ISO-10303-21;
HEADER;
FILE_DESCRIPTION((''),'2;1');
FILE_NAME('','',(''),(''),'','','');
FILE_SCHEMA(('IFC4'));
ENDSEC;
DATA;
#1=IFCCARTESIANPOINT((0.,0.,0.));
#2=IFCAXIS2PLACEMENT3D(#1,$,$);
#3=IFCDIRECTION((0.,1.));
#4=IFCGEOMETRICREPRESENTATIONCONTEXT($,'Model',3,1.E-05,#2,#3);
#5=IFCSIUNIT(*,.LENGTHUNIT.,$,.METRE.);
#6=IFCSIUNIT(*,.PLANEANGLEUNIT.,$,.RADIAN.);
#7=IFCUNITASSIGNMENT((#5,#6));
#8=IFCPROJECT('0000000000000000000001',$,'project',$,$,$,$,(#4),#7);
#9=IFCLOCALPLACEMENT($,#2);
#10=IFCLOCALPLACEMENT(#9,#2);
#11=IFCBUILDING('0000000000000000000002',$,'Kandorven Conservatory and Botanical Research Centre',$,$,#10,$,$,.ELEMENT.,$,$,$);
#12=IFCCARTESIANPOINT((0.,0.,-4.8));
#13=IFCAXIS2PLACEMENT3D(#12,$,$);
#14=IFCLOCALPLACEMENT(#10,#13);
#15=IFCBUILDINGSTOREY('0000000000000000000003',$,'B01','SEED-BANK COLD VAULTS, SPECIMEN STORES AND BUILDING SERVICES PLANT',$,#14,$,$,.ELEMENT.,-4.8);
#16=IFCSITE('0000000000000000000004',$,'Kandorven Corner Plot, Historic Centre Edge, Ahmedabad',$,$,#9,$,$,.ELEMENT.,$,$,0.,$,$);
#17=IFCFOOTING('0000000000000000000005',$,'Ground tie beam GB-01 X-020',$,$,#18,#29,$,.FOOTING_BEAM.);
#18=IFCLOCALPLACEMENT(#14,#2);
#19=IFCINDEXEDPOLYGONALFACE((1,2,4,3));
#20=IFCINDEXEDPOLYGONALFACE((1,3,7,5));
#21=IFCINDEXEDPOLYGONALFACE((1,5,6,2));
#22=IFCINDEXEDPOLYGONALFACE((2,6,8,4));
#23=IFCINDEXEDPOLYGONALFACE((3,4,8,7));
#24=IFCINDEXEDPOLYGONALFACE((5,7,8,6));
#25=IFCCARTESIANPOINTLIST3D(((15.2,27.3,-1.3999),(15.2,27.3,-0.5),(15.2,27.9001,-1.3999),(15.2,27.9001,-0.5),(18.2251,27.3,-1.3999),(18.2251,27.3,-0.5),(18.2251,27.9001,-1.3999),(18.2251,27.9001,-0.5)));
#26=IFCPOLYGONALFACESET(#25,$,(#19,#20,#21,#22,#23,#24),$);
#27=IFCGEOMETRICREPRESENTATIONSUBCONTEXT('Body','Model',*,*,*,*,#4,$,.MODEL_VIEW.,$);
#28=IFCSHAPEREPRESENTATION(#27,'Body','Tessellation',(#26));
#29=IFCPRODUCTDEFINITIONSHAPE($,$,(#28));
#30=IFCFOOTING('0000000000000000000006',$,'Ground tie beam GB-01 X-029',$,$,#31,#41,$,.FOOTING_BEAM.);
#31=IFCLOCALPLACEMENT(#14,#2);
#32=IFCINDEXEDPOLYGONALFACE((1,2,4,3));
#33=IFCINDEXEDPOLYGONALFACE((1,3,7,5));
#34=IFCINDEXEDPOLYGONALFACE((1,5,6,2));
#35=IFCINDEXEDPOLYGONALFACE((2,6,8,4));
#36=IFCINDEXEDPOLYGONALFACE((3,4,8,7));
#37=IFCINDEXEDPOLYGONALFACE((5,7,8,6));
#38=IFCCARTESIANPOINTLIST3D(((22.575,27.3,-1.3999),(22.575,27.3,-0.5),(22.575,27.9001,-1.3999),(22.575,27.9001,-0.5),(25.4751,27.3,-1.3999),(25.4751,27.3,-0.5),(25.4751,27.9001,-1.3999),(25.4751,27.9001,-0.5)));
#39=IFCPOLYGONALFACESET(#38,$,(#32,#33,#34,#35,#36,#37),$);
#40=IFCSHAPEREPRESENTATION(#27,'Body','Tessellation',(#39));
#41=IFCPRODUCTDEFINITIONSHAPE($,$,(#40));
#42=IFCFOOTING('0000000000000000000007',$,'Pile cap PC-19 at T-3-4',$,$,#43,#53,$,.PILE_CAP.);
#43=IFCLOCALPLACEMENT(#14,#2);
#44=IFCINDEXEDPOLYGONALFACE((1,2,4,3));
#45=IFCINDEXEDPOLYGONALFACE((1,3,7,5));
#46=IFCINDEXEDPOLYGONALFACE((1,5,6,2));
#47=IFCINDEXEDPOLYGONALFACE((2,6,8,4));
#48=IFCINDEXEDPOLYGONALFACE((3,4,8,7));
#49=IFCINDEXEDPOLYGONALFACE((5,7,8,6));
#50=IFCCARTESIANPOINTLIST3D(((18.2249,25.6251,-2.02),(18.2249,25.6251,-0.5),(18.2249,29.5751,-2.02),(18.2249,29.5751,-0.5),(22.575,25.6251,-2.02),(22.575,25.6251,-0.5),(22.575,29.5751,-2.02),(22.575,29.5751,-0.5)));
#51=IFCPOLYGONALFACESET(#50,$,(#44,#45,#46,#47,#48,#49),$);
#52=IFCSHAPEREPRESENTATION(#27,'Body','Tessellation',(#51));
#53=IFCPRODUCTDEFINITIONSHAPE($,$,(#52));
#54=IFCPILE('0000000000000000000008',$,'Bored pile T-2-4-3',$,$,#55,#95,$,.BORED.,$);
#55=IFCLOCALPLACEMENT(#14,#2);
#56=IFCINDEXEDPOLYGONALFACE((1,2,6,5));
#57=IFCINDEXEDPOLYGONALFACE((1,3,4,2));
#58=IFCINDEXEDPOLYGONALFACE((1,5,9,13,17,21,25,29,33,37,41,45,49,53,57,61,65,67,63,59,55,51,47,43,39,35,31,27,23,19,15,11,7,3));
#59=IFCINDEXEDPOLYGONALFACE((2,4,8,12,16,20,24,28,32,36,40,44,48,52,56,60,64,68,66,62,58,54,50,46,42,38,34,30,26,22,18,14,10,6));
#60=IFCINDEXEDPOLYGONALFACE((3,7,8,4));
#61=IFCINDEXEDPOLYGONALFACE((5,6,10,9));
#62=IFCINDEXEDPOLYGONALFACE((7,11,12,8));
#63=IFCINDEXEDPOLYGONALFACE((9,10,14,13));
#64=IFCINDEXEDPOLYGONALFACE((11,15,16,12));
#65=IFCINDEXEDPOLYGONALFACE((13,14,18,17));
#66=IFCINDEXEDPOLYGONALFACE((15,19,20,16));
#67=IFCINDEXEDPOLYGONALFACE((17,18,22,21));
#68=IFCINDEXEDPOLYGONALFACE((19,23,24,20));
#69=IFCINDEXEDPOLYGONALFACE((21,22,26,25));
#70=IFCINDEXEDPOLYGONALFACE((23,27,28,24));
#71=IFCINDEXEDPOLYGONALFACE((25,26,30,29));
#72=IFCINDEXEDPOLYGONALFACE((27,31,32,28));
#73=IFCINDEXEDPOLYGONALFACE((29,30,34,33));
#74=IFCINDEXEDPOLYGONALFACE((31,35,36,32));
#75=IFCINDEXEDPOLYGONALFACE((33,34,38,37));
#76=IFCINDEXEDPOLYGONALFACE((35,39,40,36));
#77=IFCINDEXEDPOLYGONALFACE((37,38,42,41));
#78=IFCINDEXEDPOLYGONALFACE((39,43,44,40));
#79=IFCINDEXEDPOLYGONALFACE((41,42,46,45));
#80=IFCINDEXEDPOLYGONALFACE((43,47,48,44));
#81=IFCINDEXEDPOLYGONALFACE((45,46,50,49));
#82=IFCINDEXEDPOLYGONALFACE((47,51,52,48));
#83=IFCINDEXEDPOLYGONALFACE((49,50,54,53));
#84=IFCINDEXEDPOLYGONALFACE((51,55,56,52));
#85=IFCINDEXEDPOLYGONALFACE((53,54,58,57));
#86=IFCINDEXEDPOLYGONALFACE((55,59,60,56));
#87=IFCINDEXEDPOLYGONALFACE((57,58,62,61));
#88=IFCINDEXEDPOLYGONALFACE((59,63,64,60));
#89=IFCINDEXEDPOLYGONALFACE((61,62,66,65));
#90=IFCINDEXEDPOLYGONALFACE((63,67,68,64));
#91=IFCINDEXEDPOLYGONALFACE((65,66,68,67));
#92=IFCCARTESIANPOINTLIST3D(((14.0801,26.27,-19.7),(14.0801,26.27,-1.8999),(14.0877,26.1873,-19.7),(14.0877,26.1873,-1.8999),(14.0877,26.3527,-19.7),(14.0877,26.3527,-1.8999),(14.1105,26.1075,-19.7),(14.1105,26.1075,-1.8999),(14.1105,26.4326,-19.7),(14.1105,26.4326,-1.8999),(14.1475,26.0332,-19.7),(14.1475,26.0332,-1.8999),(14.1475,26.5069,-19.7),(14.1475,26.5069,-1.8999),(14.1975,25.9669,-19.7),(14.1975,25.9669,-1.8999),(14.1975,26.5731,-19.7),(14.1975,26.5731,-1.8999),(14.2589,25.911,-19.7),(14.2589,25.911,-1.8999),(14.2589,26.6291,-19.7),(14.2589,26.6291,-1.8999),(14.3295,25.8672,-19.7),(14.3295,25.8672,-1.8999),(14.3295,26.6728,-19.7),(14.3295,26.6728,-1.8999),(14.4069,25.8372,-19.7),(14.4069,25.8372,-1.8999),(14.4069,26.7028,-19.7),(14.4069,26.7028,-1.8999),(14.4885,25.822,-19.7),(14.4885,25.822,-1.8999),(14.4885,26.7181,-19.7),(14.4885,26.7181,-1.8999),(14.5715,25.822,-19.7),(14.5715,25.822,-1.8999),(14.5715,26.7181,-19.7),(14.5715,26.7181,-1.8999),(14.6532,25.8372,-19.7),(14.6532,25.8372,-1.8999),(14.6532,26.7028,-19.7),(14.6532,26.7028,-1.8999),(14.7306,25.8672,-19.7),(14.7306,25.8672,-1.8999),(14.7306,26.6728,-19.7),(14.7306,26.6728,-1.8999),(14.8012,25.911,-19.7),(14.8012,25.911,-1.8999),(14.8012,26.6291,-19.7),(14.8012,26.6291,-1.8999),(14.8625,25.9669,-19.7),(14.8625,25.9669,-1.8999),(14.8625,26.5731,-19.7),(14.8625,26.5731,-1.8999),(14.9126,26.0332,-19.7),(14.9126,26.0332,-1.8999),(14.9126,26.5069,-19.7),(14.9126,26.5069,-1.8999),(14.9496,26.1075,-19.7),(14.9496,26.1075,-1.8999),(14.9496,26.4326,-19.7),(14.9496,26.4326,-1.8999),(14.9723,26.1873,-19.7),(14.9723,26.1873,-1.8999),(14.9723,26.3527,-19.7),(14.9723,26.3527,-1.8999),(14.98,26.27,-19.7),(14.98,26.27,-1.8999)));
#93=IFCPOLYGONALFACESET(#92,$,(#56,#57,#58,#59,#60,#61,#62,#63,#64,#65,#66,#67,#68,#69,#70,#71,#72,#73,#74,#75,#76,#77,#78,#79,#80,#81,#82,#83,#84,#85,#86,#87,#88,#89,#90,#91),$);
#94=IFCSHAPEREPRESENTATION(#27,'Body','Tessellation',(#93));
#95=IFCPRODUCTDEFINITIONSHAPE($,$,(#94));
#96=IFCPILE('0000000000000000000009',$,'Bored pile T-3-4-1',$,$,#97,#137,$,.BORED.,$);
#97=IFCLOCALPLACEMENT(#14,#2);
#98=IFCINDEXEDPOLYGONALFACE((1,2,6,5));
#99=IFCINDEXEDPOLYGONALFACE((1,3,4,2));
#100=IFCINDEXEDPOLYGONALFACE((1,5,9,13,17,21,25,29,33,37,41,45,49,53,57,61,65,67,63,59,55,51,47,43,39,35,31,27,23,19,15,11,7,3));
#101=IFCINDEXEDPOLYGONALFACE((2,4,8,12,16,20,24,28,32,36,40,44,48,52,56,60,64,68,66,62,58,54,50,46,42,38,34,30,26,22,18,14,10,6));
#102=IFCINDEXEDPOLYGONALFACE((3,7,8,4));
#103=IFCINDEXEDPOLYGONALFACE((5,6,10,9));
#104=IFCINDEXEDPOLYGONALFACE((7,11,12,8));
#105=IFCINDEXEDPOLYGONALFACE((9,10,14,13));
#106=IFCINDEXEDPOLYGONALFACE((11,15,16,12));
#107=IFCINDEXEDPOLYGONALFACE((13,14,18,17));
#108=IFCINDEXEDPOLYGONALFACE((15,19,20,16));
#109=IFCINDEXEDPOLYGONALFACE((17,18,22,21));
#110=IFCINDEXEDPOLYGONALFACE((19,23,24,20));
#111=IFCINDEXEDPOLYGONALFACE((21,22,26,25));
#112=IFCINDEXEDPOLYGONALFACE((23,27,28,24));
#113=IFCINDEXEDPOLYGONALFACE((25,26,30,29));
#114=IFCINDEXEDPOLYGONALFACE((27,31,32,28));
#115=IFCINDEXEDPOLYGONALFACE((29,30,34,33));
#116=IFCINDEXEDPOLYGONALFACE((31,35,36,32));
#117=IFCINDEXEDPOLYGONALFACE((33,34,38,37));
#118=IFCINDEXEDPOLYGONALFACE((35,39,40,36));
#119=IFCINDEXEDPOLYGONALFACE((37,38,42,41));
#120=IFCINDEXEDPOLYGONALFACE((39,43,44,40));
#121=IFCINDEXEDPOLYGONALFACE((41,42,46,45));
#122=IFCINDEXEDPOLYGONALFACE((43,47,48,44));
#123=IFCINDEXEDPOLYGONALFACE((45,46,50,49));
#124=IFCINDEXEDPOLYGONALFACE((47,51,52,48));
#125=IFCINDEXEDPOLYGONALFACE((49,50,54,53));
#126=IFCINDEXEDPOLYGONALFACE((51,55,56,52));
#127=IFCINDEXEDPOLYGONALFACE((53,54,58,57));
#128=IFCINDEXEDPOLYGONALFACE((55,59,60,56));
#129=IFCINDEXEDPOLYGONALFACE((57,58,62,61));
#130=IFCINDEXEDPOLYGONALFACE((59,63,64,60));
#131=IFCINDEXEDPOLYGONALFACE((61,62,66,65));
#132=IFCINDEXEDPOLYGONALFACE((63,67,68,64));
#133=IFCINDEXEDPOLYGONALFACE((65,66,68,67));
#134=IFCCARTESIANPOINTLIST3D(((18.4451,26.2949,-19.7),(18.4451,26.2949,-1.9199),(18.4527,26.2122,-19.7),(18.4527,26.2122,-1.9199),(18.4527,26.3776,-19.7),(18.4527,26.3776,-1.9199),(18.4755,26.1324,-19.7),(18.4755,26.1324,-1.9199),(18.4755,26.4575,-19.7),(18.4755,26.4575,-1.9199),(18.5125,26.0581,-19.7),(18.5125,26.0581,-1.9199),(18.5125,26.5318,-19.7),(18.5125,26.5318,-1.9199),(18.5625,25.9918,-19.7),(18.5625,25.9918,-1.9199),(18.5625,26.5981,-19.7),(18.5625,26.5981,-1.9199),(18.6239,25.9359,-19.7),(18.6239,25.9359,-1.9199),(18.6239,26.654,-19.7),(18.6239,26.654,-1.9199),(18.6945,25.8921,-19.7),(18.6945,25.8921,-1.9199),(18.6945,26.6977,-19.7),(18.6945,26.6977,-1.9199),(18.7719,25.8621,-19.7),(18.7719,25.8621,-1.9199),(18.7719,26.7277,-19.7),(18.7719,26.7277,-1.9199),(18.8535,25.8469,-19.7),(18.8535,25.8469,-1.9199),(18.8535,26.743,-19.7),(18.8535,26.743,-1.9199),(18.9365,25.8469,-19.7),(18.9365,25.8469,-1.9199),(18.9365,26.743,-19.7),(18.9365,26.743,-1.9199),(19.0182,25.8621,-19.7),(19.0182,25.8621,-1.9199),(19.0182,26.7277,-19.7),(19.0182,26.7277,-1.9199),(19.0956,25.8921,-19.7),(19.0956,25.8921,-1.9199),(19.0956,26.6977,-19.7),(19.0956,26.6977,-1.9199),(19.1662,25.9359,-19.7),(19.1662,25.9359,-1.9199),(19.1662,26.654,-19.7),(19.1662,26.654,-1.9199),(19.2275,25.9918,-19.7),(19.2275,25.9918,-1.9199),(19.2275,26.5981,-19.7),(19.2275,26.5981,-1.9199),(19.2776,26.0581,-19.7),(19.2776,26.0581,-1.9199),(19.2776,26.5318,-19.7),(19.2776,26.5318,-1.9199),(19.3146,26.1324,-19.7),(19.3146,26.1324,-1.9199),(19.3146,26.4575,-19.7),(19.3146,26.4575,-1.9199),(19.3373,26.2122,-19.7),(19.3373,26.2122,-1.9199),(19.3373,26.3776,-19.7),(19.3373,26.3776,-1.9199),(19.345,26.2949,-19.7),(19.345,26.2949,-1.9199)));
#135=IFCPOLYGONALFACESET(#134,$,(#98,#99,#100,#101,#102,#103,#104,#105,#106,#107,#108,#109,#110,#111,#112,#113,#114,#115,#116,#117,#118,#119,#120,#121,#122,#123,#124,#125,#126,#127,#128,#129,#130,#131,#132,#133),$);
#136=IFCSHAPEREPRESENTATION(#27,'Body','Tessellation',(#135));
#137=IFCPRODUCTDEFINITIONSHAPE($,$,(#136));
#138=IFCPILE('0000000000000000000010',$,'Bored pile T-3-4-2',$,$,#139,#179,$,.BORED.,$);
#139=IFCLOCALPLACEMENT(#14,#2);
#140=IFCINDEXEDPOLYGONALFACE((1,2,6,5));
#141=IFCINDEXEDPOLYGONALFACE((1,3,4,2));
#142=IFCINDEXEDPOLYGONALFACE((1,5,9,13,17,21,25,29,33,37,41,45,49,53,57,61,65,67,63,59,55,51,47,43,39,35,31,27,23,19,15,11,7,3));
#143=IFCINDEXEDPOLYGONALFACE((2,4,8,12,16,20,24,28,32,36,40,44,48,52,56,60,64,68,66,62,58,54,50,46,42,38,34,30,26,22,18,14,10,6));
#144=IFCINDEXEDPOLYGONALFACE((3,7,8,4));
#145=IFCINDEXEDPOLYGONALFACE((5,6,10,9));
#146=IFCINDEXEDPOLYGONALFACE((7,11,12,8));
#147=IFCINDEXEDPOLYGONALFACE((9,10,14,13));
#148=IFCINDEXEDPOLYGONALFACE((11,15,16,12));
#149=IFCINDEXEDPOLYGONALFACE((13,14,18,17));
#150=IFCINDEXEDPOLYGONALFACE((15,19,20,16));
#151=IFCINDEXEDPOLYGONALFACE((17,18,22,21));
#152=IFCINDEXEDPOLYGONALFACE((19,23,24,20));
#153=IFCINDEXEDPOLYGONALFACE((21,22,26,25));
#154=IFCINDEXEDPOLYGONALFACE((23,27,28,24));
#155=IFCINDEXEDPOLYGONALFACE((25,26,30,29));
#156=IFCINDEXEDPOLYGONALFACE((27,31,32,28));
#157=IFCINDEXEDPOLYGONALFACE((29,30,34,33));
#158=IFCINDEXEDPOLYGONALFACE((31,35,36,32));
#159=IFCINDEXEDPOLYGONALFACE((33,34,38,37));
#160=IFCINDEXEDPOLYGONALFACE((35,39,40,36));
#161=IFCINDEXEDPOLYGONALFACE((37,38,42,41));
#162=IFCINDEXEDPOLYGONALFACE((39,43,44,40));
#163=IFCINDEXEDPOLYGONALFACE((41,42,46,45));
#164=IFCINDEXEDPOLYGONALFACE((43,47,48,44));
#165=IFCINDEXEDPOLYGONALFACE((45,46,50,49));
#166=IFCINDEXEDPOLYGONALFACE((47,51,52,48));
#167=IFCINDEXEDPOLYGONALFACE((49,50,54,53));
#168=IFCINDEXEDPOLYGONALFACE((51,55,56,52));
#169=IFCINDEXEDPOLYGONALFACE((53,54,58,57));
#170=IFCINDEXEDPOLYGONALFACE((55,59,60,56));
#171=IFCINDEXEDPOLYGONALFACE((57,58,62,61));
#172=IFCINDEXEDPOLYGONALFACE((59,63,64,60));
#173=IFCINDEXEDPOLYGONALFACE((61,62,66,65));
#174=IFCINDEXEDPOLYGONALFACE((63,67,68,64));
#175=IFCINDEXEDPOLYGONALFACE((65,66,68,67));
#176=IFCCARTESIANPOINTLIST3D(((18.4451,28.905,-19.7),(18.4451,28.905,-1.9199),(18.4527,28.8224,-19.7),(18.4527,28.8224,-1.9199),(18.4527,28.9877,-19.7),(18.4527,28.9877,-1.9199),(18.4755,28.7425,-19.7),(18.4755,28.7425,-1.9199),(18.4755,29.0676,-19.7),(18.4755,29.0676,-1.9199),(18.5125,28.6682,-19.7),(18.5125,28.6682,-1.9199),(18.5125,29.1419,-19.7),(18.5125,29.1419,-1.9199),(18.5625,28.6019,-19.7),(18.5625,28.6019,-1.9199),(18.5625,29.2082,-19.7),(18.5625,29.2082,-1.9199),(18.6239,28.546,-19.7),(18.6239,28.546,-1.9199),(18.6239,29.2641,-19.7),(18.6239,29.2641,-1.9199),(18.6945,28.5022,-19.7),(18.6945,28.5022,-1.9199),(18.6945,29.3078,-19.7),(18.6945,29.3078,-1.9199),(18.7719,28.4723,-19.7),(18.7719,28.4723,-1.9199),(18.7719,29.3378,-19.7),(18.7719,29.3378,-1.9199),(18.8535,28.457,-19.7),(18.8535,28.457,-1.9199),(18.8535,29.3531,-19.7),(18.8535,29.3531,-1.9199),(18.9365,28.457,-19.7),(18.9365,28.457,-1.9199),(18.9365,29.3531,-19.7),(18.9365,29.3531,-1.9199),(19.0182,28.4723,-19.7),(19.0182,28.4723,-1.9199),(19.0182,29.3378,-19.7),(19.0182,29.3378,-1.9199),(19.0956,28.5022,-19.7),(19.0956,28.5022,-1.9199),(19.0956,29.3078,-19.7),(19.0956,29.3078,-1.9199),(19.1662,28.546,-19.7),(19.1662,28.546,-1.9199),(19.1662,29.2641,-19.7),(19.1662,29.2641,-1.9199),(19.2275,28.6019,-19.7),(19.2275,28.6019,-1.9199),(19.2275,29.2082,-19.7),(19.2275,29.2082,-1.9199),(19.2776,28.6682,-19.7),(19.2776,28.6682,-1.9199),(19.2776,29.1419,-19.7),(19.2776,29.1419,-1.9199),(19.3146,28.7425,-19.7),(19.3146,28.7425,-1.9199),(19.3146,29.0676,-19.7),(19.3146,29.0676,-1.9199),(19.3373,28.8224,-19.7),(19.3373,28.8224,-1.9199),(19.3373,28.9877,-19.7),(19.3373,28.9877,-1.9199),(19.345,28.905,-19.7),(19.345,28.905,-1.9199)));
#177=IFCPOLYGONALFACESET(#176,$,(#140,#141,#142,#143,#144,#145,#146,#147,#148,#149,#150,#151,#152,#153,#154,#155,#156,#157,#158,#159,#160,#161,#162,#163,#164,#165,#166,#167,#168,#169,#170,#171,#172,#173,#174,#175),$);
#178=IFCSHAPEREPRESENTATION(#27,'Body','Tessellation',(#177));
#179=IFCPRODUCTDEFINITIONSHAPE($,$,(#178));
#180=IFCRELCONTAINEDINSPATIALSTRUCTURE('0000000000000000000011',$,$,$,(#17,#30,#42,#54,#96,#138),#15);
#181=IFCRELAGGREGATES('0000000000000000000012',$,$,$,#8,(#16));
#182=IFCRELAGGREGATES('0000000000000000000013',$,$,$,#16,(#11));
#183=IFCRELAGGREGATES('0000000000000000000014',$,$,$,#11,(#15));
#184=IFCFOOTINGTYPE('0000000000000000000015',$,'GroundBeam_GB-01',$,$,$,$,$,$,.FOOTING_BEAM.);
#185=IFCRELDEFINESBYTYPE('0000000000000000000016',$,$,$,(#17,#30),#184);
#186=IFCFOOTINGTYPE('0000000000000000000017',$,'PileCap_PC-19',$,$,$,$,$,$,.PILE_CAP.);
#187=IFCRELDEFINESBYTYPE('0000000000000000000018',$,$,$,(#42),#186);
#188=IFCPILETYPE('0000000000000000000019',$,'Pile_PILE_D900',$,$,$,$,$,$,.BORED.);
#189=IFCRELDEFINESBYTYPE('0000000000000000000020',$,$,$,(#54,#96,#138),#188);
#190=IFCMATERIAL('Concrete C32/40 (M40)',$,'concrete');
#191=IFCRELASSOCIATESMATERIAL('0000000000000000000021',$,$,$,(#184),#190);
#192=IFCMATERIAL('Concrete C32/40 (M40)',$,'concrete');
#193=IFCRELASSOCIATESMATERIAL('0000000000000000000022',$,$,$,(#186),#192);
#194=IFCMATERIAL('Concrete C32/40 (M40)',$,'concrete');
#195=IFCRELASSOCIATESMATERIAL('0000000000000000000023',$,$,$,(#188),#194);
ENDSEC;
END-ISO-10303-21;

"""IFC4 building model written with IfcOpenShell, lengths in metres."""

from ifc_helpers import new_model, si_unit, direction, frame, origin, origin_2d, place, context, subcontext, project, spatial, rectangle, circle, extrude, material, material_profile, profile_set, type_object, element, save


model = new_model("IFC4")

# Units and contexts
model_context = context("Model", 3, precision=1e-05, world=origin(), true_north=direction((0.0, 1.0)))
body_context = subcontext(model_context, "Body", "Model", "MODEL_VIEW")
ifc_project = project(units=[si_unit("LENGTHUNIT", "METRE"), si_unit("PLANEANGLEUNIT", "RADIAN")], contexts=[model_context])

# Site, building, storey
site_placement = place(None, origin())
site = spatial("IfcSite", under=ifc_project, at=site_placement, Name="Kandorven Corner Plot, Historic Centre Edge, Ahmedabad", CompositionType="ELEMENT", RefElevation=0.0)
building_placement = place(site_placement, origin())
building = spatial("IfcBuilding", under=site, at=building_placement, Name="Kandorven Conservatory and Botanical Research Centre", CompositionType="ELEMENT")
storey_placement = place(building_placement, frame((0.0, 0.0, -4.8)))
storey = spatial("IfcBuildingStorey", under=building, at=storey_placement, Name="B01", Description="SEED-BANK COLD VAULTS, SPECIMEN STORES AND BUILDING SERVICES PLANT", CompositionType="ELEMENT", Elevation=-4.8)

# Footings
ifc_material_1 = material(Name="Concrete C32/40 (M40)", Category="concrete")
ifc_material_profile_1 = material_profile(ifc_material_1, rectangle(XDim=0.6001, YDim=0.8999, at=origin_2d()))
ifc_profile_set_1 = profile_set([ifc_material_profile_1], Name="Concrete C32/40 (M40)")
footing_type_1 = type_object("IfcFootingType", Name="GroundBeam_GB-01", PredefinedType="FOOTING_BEAM", material=ifc_profile_set_1)
footing_1_placement = place(storey_placement, frame((15.2, 27.6001, -0.95), z_axis=(1.0, 0.0, 0.0), x_axis=(0.0, 1.0, 0.0)))
element("IfcFooting", 1, at=footing_1_placement, inside=storey, type_object=footing_type_1, Name="Ground tie beam GB-01 X-020", PredefinedType="FOOTING_BEAM", context=body_context, shape_type="SweptSolid", body=[
    extrude(rectangle(XDim=0.6001, YDim=0.8999, at=origin_2d()), origin(), (0.0, 0.0, 1.0), 3.0251),
])
footing_2_placement = place(storey_placement, frame((22.575, 27.6001, -0.95), z_axis=(1.0, 0.0, 0.0), x_axis=(0.0, 1.0, 0.0)))
element("IfcFooting", 2, at=footing_2_placement, inside=storey, type_object=footing_type_1, Name="Ground tie beam GB-01 X-029", PredefinedType="FOOTING_BEAM", context=body_context, shape_type="SweptSolid", body=[
    extrude(rectangle(XDim=0.6001, YDim=0.8999, at=origin_2d()), origin(), (0.0, 0.0, 1.0), 2.9001),
])
ifc_material_2 = material(Name="Concrete C32/40 (M40)", Category="concrete")
footing_type_2 = type_object("IfcFootingType", Name="PileCap_PC-19", PredefinedType="PILE_CAP", material=ifc_material_2)
footing_3_placement = place(storey_placement, frame((20.3999, 27.6001, -2.02), z_axis=(0.0, 0.0, 1.0), x_axis=(1.0, 0.0, 0.0)))
element("IfcFooting", 3, at=footing_3_placement, inside=storey, type_object=footing_type_2, Name="Pile cap PC-19 at T-3-4", PredefinedType="PILE_CAP", context=body_context, shape_type="SweptSolid", body=[
    extrude(rectangle(XDim=4.3501, YDim=3.95, at=origin_2d()), origin(), (0.0, 0.0, 1.0), 1.52),
])

# Piles
ifc_material_3 = material(Name="Concrete C32/40 (M40)", Category="concrete")
ifc_material_profile_2 = material_profile(ifc_material_3, circle(Radius=0.45, at=origin_2d()))
ifc_profile_set_2 = profile_set([ifc_material_profile_2], Name="Concrete C32/40 (M40)")
pile_type = type_object("IfcPileType", Name="Pile_PILE_D900", PredefinedType="BORED", material=ifc_profile_set_2)
pile_placement = place(storey_placement, frame((14.53, 26.27, -1.8999), z_axis=(0.0, 0.0, -1.0), x_axis=(1.0, 0.0, 0.0)))
element("IfcPile", 4, at=pile_placement, inside=storey, type_object=pile_type, Name="Bored pile T-2-4-3", PredefinedType="BORED", context=body_context, shape_type="SweptSolid", body=[
    extrude(circle(Radius=0.45, at=origin_2d()), origin(), (0.0, 0.0, 1.0), 17.8),
])
for number, where, z_axis, x_axis, name in (
    (5, (18.895, 26.2949, -1.9199), (0.0, 0.0, -1.0), (1.0, 0.0, 0.0), "Bored pile T-3-4-1"),
    (6, (18.895, 28.905, -1.9199), (0.0, 0.0, -1.0), (1.0, 0.0, 0.0), "Bored pile T-3-4-2"),
):
    element("IfcPile", number, at=place(storey_placement, frame(where, z_axis=z_axis, x_axis=x_axis)), inside=storey, type_object=pile_type, Name=name, PredefinedType="BORED", context=body_context, shape_type="SweptSolid", body=[
        extrude(circle(Radius=0.45, at=origin_2d()), origin(), (0.0, 0.0, 1.0), 17.78),
    ])

save(model, "model.ifc")
